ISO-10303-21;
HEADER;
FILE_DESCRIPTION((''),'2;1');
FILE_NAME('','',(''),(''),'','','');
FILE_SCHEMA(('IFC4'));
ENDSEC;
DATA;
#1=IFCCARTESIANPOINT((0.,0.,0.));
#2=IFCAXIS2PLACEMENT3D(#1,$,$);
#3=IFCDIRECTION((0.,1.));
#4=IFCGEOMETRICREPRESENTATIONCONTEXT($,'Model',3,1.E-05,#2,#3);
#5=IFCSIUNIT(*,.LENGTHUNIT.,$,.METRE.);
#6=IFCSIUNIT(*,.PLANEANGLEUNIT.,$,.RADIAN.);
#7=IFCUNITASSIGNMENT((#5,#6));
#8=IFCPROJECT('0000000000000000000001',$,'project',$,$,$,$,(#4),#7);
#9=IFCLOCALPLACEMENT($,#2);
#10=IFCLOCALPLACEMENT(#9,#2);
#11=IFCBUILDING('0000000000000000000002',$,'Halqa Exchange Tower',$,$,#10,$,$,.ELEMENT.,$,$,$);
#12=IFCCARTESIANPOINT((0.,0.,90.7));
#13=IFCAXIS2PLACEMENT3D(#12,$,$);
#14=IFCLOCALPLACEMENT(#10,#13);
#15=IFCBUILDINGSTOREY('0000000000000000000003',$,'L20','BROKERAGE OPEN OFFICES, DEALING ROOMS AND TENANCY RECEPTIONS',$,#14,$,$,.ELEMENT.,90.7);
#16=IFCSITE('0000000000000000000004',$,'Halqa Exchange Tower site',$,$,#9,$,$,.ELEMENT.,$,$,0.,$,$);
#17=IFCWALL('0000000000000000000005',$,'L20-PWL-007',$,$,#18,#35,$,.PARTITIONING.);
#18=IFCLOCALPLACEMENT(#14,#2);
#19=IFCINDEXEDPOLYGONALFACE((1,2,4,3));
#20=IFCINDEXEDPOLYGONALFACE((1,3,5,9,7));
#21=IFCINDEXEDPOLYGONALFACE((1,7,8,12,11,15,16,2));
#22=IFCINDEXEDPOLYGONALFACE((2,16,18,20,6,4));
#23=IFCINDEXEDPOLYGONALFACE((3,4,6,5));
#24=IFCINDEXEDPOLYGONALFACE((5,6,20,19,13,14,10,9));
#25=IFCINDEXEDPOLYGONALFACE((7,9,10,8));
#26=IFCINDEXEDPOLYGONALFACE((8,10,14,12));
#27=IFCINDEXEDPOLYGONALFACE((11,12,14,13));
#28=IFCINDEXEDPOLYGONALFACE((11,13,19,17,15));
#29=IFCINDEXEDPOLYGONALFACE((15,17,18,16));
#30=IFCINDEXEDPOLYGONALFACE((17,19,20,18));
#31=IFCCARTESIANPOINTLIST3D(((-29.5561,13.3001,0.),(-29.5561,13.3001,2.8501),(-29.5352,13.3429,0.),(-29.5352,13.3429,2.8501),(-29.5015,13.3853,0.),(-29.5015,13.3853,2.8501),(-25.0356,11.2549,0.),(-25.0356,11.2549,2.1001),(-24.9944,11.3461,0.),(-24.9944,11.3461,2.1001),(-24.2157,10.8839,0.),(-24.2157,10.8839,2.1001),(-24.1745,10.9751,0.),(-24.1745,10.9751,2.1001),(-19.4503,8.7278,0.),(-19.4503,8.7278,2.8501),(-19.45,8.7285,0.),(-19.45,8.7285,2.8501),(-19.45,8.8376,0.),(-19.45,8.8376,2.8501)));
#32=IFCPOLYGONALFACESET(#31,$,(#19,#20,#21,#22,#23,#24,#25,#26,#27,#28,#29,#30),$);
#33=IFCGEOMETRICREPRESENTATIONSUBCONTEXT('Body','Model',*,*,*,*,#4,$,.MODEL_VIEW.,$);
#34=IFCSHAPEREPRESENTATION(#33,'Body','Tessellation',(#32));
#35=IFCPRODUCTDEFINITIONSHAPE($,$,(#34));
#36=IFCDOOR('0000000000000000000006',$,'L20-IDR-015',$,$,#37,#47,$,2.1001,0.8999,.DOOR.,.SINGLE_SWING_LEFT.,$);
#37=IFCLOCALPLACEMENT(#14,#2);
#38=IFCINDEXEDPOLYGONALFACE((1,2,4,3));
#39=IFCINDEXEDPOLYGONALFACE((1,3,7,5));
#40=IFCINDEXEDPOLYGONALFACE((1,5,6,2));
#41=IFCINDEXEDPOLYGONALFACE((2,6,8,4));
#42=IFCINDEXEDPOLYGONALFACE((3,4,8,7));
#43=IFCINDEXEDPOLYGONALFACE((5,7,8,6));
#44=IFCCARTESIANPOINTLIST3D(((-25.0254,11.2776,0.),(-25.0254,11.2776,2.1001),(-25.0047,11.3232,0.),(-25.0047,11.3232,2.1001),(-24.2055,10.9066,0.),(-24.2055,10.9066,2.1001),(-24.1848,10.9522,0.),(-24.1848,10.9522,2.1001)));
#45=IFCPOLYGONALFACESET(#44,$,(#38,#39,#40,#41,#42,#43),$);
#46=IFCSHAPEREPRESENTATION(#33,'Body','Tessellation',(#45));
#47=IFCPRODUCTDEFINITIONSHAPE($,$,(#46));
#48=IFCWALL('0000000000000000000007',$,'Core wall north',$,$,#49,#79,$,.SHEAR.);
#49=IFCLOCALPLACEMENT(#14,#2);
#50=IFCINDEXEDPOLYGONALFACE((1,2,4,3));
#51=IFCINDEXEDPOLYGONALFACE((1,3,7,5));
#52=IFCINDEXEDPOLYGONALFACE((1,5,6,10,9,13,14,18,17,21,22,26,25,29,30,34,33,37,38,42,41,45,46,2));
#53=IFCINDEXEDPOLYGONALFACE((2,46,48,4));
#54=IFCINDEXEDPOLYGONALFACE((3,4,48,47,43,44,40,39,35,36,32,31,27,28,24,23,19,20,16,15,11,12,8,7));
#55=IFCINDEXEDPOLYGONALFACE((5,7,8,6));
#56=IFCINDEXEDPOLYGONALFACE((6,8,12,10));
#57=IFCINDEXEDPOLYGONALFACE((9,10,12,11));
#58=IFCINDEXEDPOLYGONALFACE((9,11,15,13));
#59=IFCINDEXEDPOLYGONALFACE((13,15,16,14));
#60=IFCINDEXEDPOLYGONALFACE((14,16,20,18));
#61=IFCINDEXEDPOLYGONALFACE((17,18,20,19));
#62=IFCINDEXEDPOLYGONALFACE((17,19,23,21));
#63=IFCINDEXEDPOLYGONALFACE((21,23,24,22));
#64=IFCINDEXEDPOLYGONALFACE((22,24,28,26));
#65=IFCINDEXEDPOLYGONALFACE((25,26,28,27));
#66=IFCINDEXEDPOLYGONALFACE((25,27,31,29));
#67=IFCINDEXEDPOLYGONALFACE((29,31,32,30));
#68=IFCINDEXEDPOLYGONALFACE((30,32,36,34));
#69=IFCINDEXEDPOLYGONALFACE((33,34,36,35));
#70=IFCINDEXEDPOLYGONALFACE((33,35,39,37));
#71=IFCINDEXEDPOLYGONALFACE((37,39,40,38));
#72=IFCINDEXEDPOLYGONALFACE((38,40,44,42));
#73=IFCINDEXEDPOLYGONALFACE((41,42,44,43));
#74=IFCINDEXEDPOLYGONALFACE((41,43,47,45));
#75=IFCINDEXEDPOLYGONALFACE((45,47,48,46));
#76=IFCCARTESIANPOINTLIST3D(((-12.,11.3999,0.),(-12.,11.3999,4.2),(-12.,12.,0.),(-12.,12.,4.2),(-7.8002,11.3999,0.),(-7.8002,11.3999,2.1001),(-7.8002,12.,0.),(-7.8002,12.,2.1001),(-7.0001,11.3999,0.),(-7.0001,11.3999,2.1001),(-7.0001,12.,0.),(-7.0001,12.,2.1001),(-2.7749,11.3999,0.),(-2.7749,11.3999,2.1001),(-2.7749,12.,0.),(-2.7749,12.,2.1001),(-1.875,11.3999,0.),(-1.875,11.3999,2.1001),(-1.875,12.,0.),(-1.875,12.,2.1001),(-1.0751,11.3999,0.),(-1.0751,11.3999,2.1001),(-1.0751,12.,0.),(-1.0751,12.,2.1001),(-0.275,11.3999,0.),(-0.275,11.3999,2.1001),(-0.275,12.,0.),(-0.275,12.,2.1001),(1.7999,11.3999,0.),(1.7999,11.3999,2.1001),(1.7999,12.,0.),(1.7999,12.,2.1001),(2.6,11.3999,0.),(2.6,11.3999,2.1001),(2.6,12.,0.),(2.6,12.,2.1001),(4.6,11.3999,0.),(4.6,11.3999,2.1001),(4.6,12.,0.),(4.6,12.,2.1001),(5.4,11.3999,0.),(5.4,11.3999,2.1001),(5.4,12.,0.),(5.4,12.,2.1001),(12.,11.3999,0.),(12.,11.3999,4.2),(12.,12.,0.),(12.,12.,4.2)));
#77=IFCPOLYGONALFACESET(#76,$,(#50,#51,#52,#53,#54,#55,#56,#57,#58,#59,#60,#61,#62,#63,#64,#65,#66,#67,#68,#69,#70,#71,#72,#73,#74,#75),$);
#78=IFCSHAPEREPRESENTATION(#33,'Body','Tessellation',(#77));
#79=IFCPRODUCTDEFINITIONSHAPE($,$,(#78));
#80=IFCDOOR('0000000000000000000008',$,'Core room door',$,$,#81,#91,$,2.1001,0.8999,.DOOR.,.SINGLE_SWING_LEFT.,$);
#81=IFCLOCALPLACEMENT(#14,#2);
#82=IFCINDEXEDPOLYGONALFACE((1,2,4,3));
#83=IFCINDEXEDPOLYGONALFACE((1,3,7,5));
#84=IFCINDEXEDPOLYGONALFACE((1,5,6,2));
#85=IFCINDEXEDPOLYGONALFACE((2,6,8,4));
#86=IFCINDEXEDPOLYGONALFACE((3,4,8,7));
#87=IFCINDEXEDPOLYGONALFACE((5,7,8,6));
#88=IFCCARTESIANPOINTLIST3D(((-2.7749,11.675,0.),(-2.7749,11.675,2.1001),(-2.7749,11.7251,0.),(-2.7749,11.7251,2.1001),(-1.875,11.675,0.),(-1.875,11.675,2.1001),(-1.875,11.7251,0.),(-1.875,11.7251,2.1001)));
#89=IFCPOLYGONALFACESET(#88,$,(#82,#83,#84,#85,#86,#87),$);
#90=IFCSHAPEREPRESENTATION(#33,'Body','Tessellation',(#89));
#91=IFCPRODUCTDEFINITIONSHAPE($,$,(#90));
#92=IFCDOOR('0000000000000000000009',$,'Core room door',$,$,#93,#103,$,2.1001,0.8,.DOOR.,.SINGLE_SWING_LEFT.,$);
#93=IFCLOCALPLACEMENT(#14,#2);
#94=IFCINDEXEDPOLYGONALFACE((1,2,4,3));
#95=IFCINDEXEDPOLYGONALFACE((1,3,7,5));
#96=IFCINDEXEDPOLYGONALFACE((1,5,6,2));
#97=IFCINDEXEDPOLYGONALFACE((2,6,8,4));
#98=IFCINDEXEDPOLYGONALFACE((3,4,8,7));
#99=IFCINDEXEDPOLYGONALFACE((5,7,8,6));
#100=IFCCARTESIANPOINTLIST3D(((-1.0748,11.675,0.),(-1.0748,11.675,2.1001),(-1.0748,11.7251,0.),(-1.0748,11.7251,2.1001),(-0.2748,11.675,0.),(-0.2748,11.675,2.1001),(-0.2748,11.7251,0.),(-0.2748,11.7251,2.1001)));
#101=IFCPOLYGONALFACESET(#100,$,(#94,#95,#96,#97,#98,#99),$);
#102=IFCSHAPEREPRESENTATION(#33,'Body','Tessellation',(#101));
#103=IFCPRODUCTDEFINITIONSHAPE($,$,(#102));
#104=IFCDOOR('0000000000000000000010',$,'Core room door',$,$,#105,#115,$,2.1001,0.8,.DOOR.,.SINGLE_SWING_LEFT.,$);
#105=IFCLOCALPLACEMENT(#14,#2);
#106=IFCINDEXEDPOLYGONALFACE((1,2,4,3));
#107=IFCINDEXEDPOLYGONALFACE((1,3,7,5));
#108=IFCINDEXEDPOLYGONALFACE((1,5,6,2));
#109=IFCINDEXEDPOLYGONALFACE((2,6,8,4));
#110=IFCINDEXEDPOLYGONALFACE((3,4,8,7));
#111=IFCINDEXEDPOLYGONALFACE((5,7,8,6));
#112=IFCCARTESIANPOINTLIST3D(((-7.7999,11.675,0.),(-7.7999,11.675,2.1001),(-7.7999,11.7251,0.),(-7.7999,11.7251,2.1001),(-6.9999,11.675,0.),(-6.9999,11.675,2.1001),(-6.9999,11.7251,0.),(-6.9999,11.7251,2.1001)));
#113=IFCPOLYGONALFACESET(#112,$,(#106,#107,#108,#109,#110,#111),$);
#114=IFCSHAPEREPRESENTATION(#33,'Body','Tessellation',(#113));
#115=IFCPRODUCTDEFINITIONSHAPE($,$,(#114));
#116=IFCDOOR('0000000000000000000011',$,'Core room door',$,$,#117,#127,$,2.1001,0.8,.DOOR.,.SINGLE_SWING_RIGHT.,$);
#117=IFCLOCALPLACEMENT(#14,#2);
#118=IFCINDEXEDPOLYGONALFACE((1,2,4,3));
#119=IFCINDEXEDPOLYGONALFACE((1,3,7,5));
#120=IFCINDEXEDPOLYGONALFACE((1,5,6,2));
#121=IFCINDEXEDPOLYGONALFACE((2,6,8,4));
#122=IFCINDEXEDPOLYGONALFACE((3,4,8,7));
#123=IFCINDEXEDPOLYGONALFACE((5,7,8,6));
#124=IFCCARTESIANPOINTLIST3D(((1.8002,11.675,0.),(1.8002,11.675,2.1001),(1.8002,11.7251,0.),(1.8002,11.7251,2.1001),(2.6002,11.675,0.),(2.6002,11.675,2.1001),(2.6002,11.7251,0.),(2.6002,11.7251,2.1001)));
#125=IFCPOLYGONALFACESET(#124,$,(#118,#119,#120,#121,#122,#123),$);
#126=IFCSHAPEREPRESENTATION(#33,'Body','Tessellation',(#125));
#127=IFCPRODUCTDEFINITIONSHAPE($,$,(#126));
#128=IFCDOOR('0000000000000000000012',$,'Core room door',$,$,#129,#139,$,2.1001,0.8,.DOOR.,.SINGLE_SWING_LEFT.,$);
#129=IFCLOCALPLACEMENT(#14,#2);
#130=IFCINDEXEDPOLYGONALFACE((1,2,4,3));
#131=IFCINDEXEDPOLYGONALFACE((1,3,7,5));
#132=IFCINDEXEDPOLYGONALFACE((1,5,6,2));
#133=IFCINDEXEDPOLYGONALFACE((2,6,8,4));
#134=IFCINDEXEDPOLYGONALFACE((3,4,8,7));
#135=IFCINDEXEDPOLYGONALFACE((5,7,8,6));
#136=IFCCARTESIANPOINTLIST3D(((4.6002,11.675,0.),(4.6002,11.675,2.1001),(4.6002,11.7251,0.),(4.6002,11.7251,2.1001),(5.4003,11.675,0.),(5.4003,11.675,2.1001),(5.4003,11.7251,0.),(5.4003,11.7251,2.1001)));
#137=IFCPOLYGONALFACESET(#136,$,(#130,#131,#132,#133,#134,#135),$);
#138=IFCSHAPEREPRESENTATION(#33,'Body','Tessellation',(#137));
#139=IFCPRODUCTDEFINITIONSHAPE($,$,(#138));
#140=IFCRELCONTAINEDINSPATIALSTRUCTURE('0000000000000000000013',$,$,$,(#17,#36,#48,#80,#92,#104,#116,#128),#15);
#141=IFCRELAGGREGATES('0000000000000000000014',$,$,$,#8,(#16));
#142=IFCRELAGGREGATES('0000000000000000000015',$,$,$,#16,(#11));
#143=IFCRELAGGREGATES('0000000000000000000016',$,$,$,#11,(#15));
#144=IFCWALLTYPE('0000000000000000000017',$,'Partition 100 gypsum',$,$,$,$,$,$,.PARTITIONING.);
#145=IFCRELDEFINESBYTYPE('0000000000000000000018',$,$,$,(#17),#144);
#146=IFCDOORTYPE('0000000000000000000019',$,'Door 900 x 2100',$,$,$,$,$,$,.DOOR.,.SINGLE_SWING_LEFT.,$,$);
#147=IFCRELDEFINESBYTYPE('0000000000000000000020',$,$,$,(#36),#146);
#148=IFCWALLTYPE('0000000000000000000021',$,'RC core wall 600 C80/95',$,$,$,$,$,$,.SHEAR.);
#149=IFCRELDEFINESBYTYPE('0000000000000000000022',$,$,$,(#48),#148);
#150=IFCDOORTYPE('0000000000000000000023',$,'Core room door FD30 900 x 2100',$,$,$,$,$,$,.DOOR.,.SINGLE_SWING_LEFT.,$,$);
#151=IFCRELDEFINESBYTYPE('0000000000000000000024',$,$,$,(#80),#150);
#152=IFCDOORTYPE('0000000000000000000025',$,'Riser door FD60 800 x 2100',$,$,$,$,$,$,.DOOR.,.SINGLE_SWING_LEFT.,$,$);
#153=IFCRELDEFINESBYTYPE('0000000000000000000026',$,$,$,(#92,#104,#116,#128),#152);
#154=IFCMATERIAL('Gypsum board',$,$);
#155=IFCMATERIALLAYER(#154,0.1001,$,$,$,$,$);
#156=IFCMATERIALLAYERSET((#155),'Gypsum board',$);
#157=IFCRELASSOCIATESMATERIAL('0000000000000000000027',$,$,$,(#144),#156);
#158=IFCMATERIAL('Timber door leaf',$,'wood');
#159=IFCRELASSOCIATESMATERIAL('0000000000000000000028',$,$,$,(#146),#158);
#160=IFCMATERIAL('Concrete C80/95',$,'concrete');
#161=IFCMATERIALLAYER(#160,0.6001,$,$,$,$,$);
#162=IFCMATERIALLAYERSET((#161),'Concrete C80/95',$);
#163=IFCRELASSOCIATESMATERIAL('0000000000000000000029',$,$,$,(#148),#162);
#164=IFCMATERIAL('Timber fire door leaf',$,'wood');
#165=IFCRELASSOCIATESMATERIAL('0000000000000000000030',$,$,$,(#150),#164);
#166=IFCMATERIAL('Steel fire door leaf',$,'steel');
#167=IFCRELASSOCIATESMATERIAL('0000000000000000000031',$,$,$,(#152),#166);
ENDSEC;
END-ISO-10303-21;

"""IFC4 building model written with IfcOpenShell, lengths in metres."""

from ifc_helpers import new_model, si_unit, direction, frame, frame_2d, origin, place, context, subcontext, project, spatial, polyline, rectangle, outline, extrude, material, layer, layer_set, type_object, element, fill, save


model = new_model("IFC4")

# Units and contexts
model_context = context("Model", 3, precision=1e-05, world=origin(), true_north=direction((0.0, 1.0)))
body_context = subcontext(model_context, "Body", "Model", "MODEL_VIEW")
ifc_project = project(units=[si_unit("LENGTHUNIT", "METRE"), si_unit("PLANEANGLEUNIT", "RADIAN")], contexts=[model_context])

# Site, building, storey
site_placement = place(None, origin())
site = spatial("IfcSite", under=ifc_project, at=site_placement, Name="Halqa Exchange Tower site", CompositionType="ELEMENT", RefElevation=0.0)
building_placement = place(site_placement, origin())
building = spatial("IfcBuilding", under=site, at=building_placement, Name="Halqa Exchange Tower", CompositionType="ELEMENT")
storey_placement = place(building_placement, frame((0.0, 0.0, 90.7)))
storey = spatial("IfcBuildingStorey", under=building, at=storey_placement, Name="L20", Description="BROKERAGE OPEN OFFICES, DEALING ROOMS AND TENANCY RECEPTIONS", CompositionType="ELEMENT", Elevation=90.7)

# Wall, opening, door
ifc_material_1 = material(Name="Gypsum board")
ifc_layer_1 = layer(ifc_material_1, 0.1001)
ifc_layer_set_1 = layer_set([ifc_layer_1], Name="Gypsum board")
wall_type_1 = type_object("IfcWallType", Name="Partition 100 gypsum", PredefinedType="PARTITIONING", material=ifc_layer_set_1)
ifc_material_2 = material(Name="Timber door leaf", Category="wood")
door_type_1 = type_object("IfcDoorType", Name="Door 900 x 2100", OperationType="SINGLE_SWING_LEFT", PredefinedType="DOOR", material=ifc_material_2)
wall_1_placement = place(storey_placement, frame((-19.4297, 8.7734, 0.0), z_axis=(0.0, 0.0, 1.0), x_axis=(-0.911086, 0.412215, 0.0)))
wall_1 = element("IfcWall", 1, at=wall_1_placement, inside=storey, type_object=wall_type_1, Name="L20-PWL-007", PredefinedType="PARTITIONING", context=body_context, shape_type="SweptSolid", body=[
    extrude(outline(polyline([(0.0449, -0.05), (1.8838, -0.05), (3.7224, -0.05), (5.5613, -0.05), (7.3999, -0.05), (9.2388, -0.05), (11.0774, -0.05), (11.0906, 0.0024), (11.092, 0.05), (9.2434, 0.05), (7.3948, 0.05), (5.5459, 0.05), (3.6973, 0.05), (1.8486, 0.05), (0.0, 0.05), (0.0, 0.0493), (0.0449, -0.05)])), origin(), (0.0, 0.0, 1.0), 2.8501),
])
opening_1_placement = place(wall_1_placement, frame((5.2305, 0.0, 0.0)))
opening_1 = element("IfcOpeningElement", 2, at=opening_1_placement, cuts=wall_1, PredefinedType="OPENING", context=body_context, shape_type="SweptSolid", body=[
    extrude(rectangle(XDim=0.8999, YDim=2.1001, at=frame_2d((0.45, 1.05))), frame((0.0, 0.062, 0.0), z_axis=(0.0, -1.0, 0.0), x_axis=(1.0, 0.0, 0.0)), (0.0, 0.0, 1.0), 0.124),
])
door_1_placement = place(opening_1_placement, frame((0.8999, 0.0, 0.0), z_axis=(0.0, 0.0, 1.0), x_axis=(-1.0, 0.0, 0.0)))
door_1 = element("IfcDoor", 3, at=door_1_placement, inside=storey, type_object=door_type_1, Name="L20-IDR-015", OperationType="SINGLE_SWING_LEFT", OverallHeight=2.1001, OverallWidth=0.8999, PredefinedType="DOOR", context=body_context, shape_type="SweptSolid", body=[
    extrude(rectangle(XDim=0.8999, YDim=2.1001, at=frame_2d((0.45, 1.05))), frame((0.0, 0.0249, 0.0), z_axis=(0.0, -1.0, 0.0), x_axis=(1.0, 0.0, 0.0)), (0.0, 0.0, 1.0), 0.05),
])
fill(opening_1, door_1)

# Wall, openings, doors
ifc_material_3 = material(Name="Concrete C80/95", Category="concrete")
ifc_layer_2 = layer(ifc_material_3, 0.6001)
ifc_layer_set_2 = layer_set([ifc_layer_2], Name="Concrete C80/95")
wall_type_2 = type_object("IfcWallType", Name="RC core wall 600 C80/95", PredefinedType="SHEAR", material=ifc_layer_set_2)
wall_2_placement = place(storey_placement, frame((-12.0, 11.7, 0.0), z_axis=(0.0, 0.0, 1.0), x_axis=(1.0, 0.0, 0.0)))
wall_2 = element("IfcWall", 4, at=wall_2_placement, inside=storey, type_object=wall_type_2, Name="Core wall north", PredefinedType="SHEAR", context=body_context, shape_type="SweptSolid", body=[
    extrude(rectangle(XDim=24.0, YDim=0.6001, at=frame_2d((12.0, 0.0))), origin(), (0.0, 0.0, 1.0), 4.2),
])
opening_2_placement = place(wall_2_placement, frame((9.2251, 0.0, 0.0)))
opening_2 = element("IfcOpeningElement", 5, at=opening_2_placement, cuts=wall_2, PredefinedType="OPENING", context=body_context, shape_type="SweptSolid", body=[
    extrude(rectangle(XDim=0.8999, YDim=2.1001, at=frame_2d((0.45, 1.05))), frame((0.0, 0.312, 0.0), z_axis=(0.0, -1.0, 0.0), x_axis=(1.0, 0.0, 0.0)), (0.0, 0.0, 1.0), 0.624),
])
opening_3_placement = place(wall_2_placement, frame((10.925, 0.0, 0.0)))
opening_3 = element("IfcOpeningElement", 6, at=opening_3_placement, cuts=wall_2, PredefinedType="OPENING", context=body_context, shape_type="SweptSolid", body=[
    extrude(rectangle(XDim=0.8, YDim=2.1001, at=frame_2d((0.3999, 1.05))), frame((0.0, 0.312, 0.0), z_axis=(0.0, -1.0, 0.0), x_axis=(1.0, 0.0, 0.0)), (0.0, 0.0, 1.0), 0.624),
])
opening_4_placement = place(wall_2_placement, frame((4.2, 0.0, 0.0)))
opening_4 = element("IfcOpeningElement", 7, at=opening_4_placement, cuts=wall_2, PredefinedType="OPENING", context=body_context, shape_type="SweptSolid", body=[
    extrude(rectangle(XDim=0.8, YDim=2.1001, at=frame_2d((0.3999, 1.05))), frame((0.0, 0.312, 0.0), z_axis=(0.0, -1.0, 0.0), x_axis=(1.0, 0.0, 0.0)), (0.0, 0.0, 1.0), 0.624),
])
opening_5_placement = place(wall_2_placement, frame((13.8, 0.0, 0.0)))
opening_5 = element("IfcOpeningElement", 8, at=opening_5_placement, cuts=wall_2, PredefinedType="OPENING", context=body_context, shape_type="SweptSolid", body=[
    extrude(rectangle(XDim=0.8, YDim=2.1001, at=frame_2d((0.3999, 1.05))), frame((0.0, 0.312, 0.0), z_axis=(0.0, -1.0, 0.0), x_axis=(1.0, 0.0, 0.0)), (0.0, 0.0, 1.0), 0.624),
])
opening_6_placement = place(wall_2_placement, frame((16.6001, 0.0, 0.0)))
opening_6 = element("IfcOpeningElement", 9, at=opening_6_placement, cuts=wall_2, PredefinedType="OPENING", context=body_context, shape_type="SweptSolid", body=[
    extrude(rectangle(XDim=0.8, YDim=2.1001, at=frame_2d((0.3999, 1.05))), frame((0.0, 0.312, 0.0), z_axis=(0.0, -1.0, 0.0), x_axis=(1.0, 0.0, 0.0)), (0.0, 0.0, 1.0), 0.624),
])
ifc_material_4 = material(Name="Timber fire door leaf", Category="wood")
door_type_2 = type_object("IfcDoorType", Name="Core room door FD30 900 x 2100", OperationType="SINGLE_SWING_LEFT", PredefinedType="DOOR", material=ifc_material_4)
door_2_placement = place(opening_2_placement, frame((0.8999, 0.0, 0.0), z_axis=(0.0, 0.0, 1.0), x_axis=(-1.0, 0.0, 0.0)))
door_2 = element("IfcDoor", 10, at=door_2_placement, inside=storey, type_object=door_type_2, Name="Core room door", OperationType="SINGLE_SWING_LEFT", OverallHeight=2.1001, OverallWidth=0.8999, PredefinedType="DOOR", context=body_context, shape_type="SweptSolid", body=[
    extrude(rectangle(XDim=0.8999, YDim=2.1001, at=frame_2d((0.45, 1.05))), frame((0.0, 0.0249, 0.0), z_axis=(0.0, -1.0, 0.0), x_axis=(1.0, 0.0, 0.0)), (0.0, 0.0, 1.0), 0.05),
])
fill(opening_2, door_2)
ifc_material_5 = material(Name="Steel fire door leaf", Category="steel")
door_type_3 = type_object("IfcDoorType", Name="Riser door FD60 800 x 2100", OperationType="SINGLE_SWING_LEFT", PredefinedType="DOOR", material=ifc_material_5)
door_3_placement = place(opening_3_placement, frame((0.8, 0.0, 0.0), z_axis=(0.0, 0.0, 1.0), x_axis=(-1.0, 0.0, 0.0)))
door_3 = element("IfcDoor", 11, at=door_3_placement, inside=storey, type_object=door_type_3, Name="Core room door", OperationType="SINGLE_SWING_LEFT", OverallHeight=2.1001, OverallWidth=0.8, PredefinedType="DOOR", context=body_context, shape_type="SweptSolid", body=[
    extrude(rectangle(XDim=0.8, YDim=2.1001, at=frame_2d((0.3999, 1.05))), frame((0.0, 0.0249, 0.0), z_axis=(0.0, -1.0, 0.0), x_axis=(1.0, 0.0, 0.0)), (0.0, 0.0, 1.0), 0.05),
])
fill(opening_3, door_3)
door_4_placement = place(opening_4_placement, frame((0.8, 0.0, 0.0), z_axis=(0.0, 0.0, 1.0), x_axis=(-1.0, 0.0, 0.0)))
door_4 = element("IfcDoor", 12, at=door_4_placement, inside=storey, type_object=door_type_3, Name="Core room door", OperationType="SINGLE_SWING_LEFT", OverallHeight=2.1001, OverallWidth=0.8, PredefinedType="DOOR", context=body_context, shape_type="SweptSolid", body=[
    extrude(rectangle(XDim=0.8, YDim=2.1001, at=frame_2d((0.3999, 1.05))), frame((0.0, 0.0249, 0.0), z_axis=(0.0, -1.0, 0.0), x_axis=(1.0, 0.0, 0.0)), (0.0, 0.0, 1.0), 0.05),
])
fill(opening_4, door_4)
door_5_placement = place(opening_5_placement, frame((0.8, 0.0, 0.0), z_axis=(0.0, 0.0, 1.0), x_axis=(-1.0, 0.0, 0.0)))
door_5 = element("IfcDoor", 13, at=door_5_placement, inside=storey, type_object=door_type_3, Name="Core room door", OperationType="SINGLE_SWING_RIGHT", OverallHeight=2.1001, OverallWidth=0.8, PredefinedType="DOOR", context=body_context, shape_type="SweptSolid", body=[
    extrude(rectangle(XDim=0.8, YDim=2.1001, at=frame_2d((0.3999, 1.05))), frame((0.0, 0.0249, 0.0), z_axis=(0.0, -1.0, 0.0), x_axis=(1.0, 0.0, 0.0)), (0.0, 0.0, 1.0), 0.05),
])
fill(opening_5, door_5)
door_6_placement = place(opening_6_placement, frame((0.8, 0.0, 0.0), z_axis=(0.0, 0.0, 1.0), x_axis=(-1.0, 0.0, 0.0)))
door_6 = element("IfcDoor", 14, at=door_6_placement, inside=storey, type_object=door_type_3, Name="Core room door", OperationType="SINGLE_SWING_LEFT", OverallHeight=2.1001, OverallWidth=0.8, PredefinedType="DOOR", context=body_context, shape_type="SweptSolid", body=[
    extrude(rectangle(XDim=0.8, YDim=2.1001, at=frame_2d((0.3999, 1.05))), frame((0.0, 0.0249, 0.0), z_axis=(0.0, -1.0, 0.0), x_axis=(1.0, 0.0, 0.0)), (0.0, 0.0, 1.0), 0.05),
])
fill(opening_6, door_6)

save(model, "model.ifc")
